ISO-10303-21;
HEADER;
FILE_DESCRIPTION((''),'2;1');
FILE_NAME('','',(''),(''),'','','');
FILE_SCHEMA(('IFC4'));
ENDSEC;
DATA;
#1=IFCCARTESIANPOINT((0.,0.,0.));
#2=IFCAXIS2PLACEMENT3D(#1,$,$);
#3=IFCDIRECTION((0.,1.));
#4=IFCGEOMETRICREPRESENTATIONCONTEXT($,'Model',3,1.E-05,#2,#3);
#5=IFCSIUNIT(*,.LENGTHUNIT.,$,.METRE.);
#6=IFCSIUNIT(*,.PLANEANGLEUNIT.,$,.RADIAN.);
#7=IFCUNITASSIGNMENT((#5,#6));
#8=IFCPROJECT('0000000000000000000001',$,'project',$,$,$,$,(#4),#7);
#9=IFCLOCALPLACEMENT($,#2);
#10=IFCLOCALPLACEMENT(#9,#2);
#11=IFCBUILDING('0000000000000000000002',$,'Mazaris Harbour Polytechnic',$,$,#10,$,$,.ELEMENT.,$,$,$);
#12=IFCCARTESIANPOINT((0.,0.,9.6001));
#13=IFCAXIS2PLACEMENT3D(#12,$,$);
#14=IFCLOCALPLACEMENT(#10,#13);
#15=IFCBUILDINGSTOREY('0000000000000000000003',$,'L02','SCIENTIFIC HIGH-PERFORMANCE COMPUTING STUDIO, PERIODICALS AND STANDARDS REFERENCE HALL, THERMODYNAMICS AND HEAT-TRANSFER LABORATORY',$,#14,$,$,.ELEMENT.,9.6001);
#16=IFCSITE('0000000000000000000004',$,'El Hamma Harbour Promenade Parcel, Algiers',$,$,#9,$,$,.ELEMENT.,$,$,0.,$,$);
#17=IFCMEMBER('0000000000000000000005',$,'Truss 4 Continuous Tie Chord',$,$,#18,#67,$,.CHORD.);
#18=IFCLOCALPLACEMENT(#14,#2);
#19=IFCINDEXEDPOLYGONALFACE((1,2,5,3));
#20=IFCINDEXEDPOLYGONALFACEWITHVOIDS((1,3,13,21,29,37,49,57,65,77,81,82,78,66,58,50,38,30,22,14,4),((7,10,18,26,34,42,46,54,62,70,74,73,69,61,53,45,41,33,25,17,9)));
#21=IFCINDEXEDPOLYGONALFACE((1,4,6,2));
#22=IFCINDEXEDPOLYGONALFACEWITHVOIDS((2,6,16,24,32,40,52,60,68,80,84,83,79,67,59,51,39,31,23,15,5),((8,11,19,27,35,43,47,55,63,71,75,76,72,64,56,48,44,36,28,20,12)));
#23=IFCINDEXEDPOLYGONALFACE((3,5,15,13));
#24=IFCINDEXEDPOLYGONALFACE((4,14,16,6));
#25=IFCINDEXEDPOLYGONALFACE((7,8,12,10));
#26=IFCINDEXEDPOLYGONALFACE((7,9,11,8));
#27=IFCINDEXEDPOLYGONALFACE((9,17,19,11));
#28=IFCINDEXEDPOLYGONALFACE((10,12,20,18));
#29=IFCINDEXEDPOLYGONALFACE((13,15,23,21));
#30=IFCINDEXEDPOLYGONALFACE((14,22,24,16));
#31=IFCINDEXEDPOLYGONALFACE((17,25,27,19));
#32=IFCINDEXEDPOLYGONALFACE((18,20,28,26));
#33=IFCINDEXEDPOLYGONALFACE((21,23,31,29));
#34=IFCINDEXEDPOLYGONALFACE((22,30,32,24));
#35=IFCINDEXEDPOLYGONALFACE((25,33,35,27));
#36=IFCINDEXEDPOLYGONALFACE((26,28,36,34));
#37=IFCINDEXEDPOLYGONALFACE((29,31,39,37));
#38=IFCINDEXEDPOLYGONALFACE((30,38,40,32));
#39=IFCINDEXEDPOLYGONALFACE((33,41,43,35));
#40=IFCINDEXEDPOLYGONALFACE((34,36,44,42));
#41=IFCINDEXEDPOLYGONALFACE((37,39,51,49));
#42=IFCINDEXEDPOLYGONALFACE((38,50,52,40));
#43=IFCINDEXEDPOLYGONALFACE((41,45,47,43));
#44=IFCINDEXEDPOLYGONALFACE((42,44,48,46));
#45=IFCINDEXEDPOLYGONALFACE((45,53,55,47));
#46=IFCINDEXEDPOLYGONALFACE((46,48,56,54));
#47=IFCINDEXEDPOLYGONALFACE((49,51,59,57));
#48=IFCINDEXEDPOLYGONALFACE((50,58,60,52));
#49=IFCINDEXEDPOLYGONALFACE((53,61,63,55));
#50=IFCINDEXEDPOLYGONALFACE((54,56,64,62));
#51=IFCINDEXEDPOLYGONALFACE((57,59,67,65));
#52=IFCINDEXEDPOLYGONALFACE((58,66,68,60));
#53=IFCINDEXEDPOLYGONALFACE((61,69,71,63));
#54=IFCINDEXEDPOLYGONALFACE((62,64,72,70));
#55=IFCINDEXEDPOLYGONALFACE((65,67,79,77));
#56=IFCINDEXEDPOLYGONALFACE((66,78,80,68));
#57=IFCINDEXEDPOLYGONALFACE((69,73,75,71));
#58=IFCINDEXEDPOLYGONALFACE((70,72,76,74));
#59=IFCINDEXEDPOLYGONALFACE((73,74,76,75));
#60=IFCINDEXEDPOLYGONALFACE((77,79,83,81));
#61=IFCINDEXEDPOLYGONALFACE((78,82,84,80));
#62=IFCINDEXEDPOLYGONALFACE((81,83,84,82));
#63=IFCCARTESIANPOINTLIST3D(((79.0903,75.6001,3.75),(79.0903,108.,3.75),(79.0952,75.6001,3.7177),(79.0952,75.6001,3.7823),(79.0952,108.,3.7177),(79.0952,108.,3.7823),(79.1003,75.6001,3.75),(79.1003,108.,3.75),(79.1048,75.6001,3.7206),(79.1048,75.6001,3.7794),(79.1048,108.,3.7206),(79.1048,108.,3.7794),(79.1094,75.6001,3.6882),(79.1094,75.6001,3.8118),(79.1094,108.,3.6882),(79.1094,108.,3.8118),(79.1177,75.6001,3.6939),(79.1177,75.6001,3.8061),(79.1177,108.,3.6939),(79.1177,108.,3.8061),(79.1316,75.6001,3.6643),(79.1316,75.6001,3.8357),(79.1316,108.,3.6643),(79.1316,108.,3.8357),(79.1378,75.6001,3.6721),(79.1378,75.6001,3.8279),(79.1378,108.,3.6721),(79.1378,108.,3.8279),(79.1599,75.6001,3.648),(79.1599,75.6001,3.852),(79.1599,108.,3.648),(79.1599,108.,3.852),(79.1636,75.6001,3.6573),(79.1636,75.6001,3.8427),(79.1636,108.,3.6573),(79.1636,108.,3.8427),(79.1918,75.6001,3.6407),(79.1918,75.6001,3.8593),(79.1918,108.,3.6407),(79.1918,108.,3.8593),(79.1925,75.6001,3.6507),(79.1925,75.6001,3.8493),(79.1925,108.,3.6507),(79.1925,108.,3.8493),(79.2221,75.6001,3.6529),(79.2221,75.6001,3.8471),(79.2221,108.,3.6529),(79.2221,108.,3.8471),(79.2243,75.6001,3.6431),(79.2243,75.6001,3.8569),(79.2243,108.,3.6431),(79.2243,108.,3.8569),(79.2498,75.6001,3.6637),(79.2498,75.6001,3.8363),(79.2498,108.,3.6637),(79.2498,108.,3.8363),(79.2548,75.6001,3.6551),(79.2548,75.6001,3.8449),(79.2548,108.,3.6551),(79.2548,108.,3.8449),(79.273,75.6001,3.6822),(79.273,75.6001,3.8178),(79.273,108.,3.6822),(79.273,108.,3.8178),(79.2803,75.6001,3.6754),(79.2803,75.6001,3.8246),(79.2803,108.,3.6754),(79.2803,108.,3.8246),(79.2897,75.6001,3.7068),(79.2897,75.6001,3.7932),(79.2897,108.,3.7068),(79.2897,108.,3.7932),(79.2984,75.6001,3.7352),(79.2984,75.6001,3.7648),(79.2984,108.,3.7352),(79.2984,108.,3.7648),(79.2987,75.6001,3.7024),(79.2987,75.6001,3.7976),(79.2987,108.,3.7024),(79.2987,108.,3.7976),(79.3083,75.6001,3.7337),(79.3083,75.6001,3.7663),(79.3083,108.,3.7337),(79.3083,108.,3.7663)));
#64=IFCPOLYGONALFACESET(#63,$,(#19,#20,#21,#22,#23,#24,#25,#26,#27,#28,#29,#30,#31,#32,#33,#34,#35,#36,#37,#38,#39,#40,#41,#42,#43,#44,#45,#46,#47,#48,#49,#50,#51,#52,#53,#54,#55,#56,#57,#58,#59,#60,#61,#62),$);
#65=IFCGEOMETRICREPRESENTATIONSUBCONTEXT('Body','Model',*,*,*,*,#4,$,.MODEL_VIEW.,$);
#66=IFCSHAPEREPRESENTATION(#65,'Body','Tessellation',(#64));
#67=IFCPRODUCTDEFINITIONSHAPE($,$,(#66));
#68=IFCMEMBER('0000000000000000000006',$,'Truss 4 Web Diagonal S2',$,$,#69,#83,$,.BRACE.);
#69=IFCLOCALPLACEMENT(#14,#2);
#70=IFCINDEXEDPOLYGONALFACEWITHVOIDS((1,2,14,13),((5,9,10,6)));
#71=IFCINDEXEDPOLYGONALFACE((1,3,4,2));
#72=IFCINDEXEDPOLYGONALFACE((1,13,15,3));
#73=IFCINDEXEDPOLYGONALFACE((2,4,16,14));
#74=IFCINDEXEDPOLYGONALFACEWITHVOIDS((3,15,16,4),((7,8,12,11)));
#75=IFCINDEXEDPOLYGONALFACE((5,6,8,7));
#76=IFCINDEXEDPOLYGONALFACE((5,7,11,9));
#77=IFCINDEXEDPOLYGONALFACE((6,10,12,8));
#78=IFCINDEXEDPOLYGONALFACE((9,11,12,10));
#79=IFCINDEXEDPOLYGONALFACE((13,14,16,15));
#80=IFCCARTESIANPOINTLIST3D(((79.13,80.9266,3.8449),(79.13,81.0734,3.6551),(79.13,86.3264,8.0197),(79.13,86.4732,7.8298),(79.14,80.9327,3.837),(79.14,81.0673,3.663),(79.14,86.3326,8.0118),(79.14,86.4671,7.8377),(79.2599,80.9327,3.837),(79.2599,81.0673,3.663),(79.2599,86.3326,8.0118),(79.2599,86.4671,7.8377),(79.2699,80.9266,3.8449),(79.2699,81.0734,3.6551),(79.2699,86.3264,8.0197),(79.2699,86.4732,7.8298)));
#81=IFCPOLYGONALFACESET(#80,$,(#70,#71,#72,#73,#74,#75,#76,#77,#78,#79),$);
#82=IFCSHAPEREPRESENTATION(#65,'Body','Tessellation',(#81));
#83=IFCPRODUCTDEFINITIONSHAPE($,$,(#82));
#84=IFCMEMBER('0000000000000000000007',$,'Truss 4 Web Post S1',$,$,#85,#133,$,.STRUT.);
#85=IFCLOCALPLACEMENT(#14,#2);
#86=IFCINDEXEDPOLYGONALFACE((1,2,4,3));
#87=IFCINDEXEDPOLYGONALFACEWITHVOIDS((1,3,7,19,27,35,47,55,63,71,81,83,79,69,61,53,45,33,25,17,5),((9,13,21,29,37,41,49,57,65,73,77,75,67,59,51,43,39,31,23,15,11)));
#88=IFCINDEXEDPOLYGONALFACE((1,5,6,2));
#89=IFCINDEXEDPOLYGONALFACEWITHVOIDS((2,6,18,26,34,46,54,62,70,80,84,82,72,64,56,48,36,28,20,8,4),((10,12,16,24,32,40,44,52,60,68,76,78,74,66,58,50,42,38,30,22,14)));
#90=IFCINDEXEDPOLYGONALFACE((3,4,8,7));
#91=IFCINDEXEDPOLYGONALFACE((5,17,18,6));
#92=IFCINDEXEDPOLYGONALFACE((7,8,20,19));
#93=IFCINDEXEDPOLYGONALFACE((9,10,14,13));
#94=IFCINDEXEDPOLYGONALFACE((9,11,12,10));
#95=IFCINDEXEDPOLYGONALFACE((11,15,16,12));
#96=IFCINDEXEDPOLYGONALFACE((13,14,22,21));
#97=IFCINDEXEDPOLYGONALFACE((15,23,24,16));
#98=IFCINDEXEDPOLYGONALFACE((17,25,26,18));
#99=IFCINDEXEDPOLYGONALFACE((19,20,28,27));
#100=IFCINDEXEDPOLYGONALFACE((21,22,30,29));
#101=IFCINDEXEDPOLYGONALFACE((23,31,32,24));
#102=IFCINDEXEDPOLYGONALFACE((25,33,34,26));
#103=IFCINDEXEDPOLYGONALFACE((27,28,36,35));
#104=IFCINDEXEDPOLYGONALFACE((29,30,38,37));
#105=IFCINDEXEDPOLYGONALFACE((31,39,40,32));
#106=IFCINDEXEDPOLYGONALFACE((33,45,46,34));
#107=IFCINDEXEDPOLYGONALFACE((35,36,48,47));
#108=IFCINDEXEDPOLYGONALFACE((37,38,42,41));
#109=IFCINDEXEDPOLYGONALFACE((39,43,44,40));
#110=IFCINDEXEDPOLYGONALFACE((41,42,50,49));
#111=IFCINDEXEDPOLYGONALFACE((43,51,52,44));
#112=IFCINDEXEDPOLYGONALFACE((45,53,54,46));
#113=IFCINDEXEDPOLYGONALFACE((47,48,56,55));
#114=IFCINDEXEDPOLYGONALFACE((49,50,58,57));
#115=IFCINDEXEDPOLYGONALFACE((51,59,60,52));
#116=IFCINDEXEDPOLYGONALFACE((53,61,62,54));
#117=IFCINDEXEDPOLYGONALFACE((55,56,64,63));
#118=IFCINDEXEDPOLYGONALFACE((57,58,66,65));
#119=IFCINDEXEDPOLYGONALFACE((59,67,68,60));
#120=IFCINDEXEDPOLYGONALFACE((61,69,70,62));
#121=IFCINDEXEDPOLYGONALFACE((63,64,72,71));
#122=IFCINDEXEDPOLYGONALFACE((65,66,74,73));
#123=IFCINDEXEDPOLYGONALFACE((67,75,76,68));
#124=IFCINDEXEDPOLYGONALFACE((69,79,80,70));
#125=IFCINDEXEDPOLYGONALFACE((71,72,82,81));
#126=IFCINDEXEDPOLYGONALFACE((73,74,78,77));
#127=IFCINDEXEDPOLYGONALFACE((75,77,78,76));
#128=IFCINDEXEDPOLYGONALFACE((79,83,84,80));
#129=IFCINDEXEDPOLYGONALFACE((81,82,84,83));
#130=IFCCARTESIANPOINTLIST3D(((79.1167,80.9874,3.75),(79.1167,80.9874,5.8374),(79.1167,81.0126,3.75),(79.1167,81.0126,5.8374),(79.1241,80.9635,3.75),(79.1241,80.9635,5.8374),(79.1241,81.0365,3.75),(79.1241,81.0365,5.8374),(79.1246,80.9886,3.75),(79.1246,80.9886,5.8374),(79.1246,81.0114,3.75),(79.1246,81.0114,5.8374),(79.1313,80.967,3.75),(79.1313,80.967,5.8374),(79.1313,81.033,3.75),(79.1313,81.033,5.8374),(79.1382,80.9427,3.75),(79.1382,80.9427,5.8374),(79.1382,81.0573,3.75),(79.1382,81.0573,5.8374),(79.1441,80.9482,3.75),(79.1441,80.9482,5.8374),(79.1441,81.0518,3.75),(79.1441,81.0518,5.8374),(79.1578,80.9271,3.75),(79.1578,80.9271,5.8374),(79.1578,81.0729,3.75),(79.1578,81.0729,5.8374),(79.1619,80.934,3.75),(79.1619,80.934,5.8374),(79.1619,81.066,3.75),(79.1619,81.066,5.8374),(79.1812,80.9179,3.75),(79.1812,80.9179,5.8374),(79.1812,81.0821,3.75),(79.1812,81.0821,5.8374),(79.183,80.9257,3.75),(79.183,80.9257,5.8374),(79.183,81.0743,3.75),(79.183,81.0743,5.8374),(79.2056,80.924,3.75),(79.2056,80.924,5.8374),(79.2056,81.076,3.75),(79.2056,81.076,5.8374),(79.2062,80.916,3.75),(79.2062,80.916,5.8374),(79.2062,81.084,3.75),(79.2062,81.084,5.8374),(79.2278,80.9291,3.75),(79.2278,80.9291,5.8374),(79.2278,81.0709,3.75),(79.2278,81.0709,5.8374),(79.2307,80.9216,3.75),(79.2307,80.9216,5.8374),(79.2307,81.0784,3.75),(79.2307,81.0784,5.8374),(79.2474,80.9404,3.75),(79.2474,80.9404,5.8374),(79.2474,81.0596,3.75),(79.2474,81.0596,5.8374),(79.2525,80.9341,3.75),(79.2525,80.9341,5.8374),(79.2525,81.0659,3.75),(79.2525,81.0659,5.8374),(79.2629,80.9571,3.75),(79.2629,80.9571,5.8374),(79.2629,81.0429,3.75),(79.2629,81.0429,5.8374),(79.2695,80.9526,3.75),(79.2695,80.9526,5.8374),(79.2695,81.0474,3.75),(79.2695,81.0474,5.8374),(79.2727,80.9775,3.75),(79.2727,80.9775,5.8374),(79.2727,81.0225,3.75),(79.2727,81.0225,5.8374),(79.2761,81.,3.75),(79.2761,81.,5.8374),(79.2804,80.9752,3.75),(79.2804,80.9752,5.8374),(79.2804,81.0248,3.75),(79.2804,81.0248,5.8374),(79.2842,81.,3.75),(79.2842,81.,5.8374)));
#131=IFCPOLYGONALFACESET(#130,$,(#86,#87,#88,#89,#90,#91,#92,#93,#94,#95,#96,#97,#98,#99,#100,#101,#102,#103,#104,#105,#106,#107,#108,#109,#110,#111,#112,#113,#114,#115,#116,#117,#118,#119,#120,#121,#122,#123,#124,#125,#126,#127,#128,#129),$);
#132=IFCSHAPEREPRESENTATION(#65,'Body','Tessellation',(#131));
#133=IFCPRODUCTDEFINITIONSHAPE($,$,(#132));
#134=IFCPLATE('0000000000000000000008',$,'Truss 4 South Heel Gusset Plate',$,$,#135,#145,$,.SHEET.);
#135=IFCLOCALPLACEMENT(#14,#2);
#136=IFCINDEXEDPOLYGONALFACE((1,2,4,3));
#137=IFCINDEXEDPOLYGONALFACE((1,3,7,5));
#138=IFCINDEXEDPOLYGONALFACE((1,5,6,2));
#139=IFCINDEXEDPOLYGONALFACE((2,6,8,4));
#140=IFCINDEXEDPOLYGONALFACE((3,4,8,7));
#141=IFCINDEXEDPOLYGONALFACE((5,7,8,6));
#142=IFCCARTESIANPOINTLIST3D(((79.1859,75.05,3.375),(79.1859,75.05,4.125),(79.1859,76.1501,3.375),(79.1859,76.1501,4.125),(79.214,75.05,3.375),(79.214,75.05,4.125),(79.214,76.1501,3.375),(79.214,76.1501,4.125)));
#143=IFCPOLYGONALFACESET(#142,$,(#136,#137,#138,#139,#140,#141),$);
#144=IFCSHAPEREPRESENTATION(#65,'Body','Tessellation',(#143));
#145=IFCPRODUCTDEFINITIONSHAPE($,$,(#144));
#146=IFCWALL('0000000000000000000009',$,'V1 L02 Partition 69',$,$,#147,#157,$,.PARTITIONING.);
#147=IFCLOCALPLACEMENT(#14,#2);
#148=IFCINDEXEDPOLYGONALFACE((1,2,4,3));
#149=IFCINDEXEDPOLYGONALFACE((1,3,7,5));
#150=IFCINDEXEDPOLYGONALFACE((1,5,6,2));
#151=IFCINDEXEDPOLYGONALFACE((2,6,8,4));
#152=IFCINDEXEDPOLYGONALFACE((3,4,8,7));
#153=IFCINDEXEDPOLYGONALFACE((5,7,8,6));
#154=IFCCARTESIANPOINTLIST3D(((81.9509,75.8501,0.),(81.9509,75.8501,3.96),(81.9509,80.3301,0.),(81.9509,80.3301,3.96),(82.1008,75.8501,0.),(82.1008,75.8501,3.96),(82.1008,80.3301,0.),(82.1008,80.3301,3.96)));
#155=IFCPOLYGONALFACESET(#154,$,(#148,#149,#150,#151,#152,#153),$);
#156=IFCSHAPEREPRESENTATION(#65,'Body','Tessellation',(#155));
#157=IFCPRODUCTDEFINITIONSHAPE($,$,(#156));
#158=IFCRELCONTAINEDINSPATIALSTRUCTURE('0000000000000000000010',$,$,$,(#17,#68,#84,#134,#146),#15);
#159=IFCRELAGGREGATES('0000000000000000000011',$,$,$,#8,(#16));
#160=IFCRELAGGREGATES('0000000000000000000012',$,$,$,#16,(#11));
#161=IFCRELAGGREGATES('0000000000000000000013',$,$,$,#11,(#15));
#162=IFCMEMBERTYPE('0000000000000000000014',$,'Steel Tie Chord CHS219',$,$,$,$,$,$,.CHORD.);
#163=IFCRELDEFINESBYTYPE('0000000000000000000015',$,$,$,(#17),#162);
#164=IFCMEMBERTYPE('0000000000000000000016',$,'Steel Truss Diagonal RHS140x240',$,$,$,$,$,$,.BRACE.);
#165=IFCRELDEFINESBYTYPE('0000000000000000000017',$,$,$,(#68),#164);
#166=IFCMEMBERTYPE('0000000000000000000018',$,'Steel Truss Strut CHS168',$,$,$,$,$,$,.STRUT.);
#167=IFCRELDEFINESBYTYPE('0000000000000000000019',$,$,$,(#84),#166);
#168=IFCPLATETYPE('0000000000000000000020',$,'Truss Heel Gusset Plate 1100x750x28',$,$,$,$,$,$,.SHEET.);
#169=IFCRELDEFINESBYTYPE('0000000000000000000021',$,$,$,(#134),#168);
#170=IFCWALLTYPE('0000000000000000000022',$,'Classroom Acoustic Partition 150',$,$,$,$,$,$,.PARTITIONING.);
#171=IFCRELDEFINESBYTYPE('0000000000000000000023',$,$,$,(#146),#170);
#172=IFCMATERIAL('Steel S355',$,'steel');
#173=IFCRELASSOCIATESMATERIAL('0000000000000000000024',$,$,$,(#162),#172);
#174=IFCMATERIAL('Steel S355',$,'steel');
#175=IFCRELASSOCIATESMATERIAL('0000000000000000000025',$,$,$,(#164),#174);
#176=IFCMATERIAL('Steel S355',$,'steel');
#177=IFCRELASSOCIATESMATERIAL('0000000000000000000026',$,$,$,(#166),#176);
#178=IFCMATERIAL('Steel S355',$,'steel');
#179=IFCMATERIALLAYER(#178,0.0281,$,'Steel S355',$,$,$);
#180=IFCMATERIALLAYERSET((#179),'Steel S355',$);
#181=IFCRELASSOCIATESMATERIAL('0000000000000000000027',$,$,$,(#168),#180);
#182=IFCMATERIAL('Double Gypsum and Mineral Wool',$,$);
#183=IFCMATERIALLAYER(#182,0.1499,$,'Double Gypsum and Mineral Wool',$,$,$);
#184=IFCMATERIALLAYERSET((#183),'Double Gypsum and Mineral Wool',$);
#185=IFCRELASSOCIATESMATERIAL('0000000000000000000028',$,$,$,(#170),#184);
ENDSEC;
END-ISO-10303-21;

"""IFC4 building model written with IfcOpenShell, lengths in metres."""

from ifc_helpers import new_model, si_unit, direction, frame, frame_2d, origin, origin_2d, place, context, subcontext, project, spatial, rectangle, hollow_rectangle, hollow_circle, extrude, material, layer, layer_set, material_profile, profile_set, type_object, element, save


model = new_model("IFC4")

# Units and contexts
model_context = context("Model", 3, precision=1e-05, world=origin(), true_north=direction((0.0, 1.0)))
body_context = subcontext(model_context, "Body", "Model", "MODEL_VIEW")
ifc_project = project(units=[si_unit("LENGTHUNIT", "METRE"), si_unit("PLANEANGLEUNIT", "RADIAN")], contexts=[model_context])

# Site, building, storey
site_placement = place(None, origin())
site = spatial("IfcSite", under=ifc_project, at=site_placement, Name="El Hamma Harbour Promenade Parcel, Algiers", CompositionType="ELEMENT", RefElevation=0.0)
building_placement = place(site_placement, origin())
building = spatial("IfcBuilding", under=site, at=building_placement, Name="Mazaris Harbour Polytechnic", CompositionType="ELEMENT")
storey_placement = place(building_placement, frame((0.0, 0.0, 9.6001)))
storey = spatial("IfcBuildingStorey", under=building, at=storey_placement, Name="L02", Description="SCIENTIFIC HIGH-PERFORMANCE COMPUTING STUDIO, PERIODICALS AND STANDARDS REFERENCE HALL, THERMODYNAMICS AND HEAT-TRANSFER LABORATORY", CompositionType="ELEMENT", Elevation=9.6001)

# Members
ifc_material_1 = material(Name="Steel S355", Category="steel")
ifc_material_profile_1 = material_profile(ifc_material_1, hollow_circle(Radius=0.1096, WallThickness=0.01, at=origin_2d()), Name="CHS 219.1x10.0")
ifc_profile_set_1 = profile_set([ifc_material_profile_1], Name="Steel S355")
member_type_1 = type_object("IfcMemberType", Name="Steel Tie Chord CHS219", PredefinedType="CHORD", material=ifc_profile_set_1)
member_1_placement = place(storey_placement, frame((79.2, 75.6001, 3.75), z_axis=(0.0, 1.0, 0.0), x_axis=(-1.0, 0.0, 0.0)))
element("IfcMember", 1, at=member_1_placement, inside=storey, type_object=member_type_1, Name="Truss 4 Continuous Tie Chord", PredefinedType="CHORD", context=body_context, shape_type="SweptSolid", body=[
    extrude(hollow_circle(Radius=0.1096, WallThickness=0.01, at=origin_2d()), origin(), (0.0, 0.0, 1.0), 32.3999),
])
ifc_material_2 = material(Name="Steel S355", Category="steel")
ifc_material_profile_2 = material_profile(ifc_material_2, hollow_rectangle(XDim=0.1399, YDim=0.24, WallThickness=0.01, at=origin_2d()), Name="RHS 140x240x10.0")
ifc_profile_set_2 = profile_set([ifc_material_profile_2], Name="Steel S355")
member_type_2 = type_object("IfcMemberType", Name="Steel Truss Diagonal RHS140x240", PredefinedType="BRACE", material=ifc_profile_set_2)
member_2_placement = place(storey_placement, frame((79.2, 81.0, 3.75), z_axis=(0.0, 0.791132, 0.611645), x_axis=(-1.0, 0.0, 0.0)))
element("IfcMember", 2, at=member_2_placement, inside=storey, type_object=member_type_2, Name="Truss 4 Web Diagonal S2", PredefinedType="BRACE", context=body_context, shape_type="SweptSolid", body=[
    extrude(hollow_rectangle(XDim=0.1399, YDim=0.24, WallThickness=0.01, at=origin_2d()), origin(), (0.0, 0.0, 1.0), 6.8254),
])
ifc_material_3 = material(Name="Steel S355", Category="steel")
ifc_material_profile_3 = material_profile(ifc_material_3, hollow_circle(Radius=0.0842, WallThickness=0.0081, at=origin_2d()), Name="CHS 168.3x8.0")
ifc_profile_set_3 = profile_set([ifc_material_profile_3], Name="Steel S355")
member_type_3 = type_object("IfcMemberType", Name="Steel Truss Strut CHS168", PredefinedType="STRUT", material=ifc_profile_set_3)
member_3_placement = place(storey_placement, frame((79.2, 81.0, 3.75), z_axis=(0.0, 0.0, 1.0), x_axis=(1.0, 0.0, 0.0)))
element("IfcMember", 3, at=member_3_placement, inside=storey, type_object=member_type_3, Name="Truss 4 Web Post S1", PredefinedType="STRUT", context=body_context, shape_type="SweptSolid", body=[
    extrude(hollow_circle(Radius=0.0842, WallThickness=0.0081, at=origin_2d()), origin(), (0.0, 0.0, 1.0), 2.0874),
])

# Plate
ifc_material_4 = material(Name="Steel S355", Category="steel")
ifc_layer_1 = layer(ifc_material_4, 0.0281, Name="Steel S355")
ifc_layer_set_1 = layer_set([ifc_layer_1], Name="Steel S355")
plate_type = type_object("IfcPlateType", Name="Truss Heel Gusset Plate 1100x750x28", PredefinedType="SHEET", material=ifc_layer_set_1)
plate_placement = place(storey_placement, frame((79.2, 75.6001, 3.375), z_axis=(0.0, 0.0, 1.0), x_axis=(0.0, 1.0, 0.0)))
element("IfcPlate", 4, at=plate_placement, inside=storey, type_object=plate_type, Name="Truss 4 South Heel Gusset Plate", PredefinedType="SHEET", context=body_context, shape_type="SweptSolid", body=[
    extrude(rectangle(XDim=1.1001, YDim=0.0281, at=origin_2d()), origin(), (0.0, 0.0, 1.0), 0.75),
])

# Wall
ifc_material_5 = material(Name="Double Gypsum and Mineral Wool")
ifc_layer_2 = layer(ifc_material_5, 0.1499, Name="Double Gypsum and Mineral Wool")
ifc_layer_set_2 = layer_set([ifc_layer_2], Name="Double Gypsum and Mineral Wool")
wall_type_1 = type_object("IfcWallType", Name="Classroom Acoustic Partition 150", PredefinedType="PARTITIONING", material=ifc_layer_set_2)
wall_1_placement = place(storey_placement, frame((82.0259, 75.8501, 0.0), z_axis=(0.0, 0.0, 1.0), x_axis=(0.0, 1.0, 0.0)))
element("IfcWall", 5, at=wall_1_placement, inside=storey, type_object=wall_type_1, Name="V1 L02 Partition 69", PredefinedType="PARTITIONING", context=body_context, shape_type="SweptSolid", body=[
    extrude(rectangle(XDim=4.48, YDim=0.1499, at=frame_2d((2.24, 0.0))), origin(), (0.0, 0.0, 1.0), 3.96),
])

save(model, "model.ifc")
